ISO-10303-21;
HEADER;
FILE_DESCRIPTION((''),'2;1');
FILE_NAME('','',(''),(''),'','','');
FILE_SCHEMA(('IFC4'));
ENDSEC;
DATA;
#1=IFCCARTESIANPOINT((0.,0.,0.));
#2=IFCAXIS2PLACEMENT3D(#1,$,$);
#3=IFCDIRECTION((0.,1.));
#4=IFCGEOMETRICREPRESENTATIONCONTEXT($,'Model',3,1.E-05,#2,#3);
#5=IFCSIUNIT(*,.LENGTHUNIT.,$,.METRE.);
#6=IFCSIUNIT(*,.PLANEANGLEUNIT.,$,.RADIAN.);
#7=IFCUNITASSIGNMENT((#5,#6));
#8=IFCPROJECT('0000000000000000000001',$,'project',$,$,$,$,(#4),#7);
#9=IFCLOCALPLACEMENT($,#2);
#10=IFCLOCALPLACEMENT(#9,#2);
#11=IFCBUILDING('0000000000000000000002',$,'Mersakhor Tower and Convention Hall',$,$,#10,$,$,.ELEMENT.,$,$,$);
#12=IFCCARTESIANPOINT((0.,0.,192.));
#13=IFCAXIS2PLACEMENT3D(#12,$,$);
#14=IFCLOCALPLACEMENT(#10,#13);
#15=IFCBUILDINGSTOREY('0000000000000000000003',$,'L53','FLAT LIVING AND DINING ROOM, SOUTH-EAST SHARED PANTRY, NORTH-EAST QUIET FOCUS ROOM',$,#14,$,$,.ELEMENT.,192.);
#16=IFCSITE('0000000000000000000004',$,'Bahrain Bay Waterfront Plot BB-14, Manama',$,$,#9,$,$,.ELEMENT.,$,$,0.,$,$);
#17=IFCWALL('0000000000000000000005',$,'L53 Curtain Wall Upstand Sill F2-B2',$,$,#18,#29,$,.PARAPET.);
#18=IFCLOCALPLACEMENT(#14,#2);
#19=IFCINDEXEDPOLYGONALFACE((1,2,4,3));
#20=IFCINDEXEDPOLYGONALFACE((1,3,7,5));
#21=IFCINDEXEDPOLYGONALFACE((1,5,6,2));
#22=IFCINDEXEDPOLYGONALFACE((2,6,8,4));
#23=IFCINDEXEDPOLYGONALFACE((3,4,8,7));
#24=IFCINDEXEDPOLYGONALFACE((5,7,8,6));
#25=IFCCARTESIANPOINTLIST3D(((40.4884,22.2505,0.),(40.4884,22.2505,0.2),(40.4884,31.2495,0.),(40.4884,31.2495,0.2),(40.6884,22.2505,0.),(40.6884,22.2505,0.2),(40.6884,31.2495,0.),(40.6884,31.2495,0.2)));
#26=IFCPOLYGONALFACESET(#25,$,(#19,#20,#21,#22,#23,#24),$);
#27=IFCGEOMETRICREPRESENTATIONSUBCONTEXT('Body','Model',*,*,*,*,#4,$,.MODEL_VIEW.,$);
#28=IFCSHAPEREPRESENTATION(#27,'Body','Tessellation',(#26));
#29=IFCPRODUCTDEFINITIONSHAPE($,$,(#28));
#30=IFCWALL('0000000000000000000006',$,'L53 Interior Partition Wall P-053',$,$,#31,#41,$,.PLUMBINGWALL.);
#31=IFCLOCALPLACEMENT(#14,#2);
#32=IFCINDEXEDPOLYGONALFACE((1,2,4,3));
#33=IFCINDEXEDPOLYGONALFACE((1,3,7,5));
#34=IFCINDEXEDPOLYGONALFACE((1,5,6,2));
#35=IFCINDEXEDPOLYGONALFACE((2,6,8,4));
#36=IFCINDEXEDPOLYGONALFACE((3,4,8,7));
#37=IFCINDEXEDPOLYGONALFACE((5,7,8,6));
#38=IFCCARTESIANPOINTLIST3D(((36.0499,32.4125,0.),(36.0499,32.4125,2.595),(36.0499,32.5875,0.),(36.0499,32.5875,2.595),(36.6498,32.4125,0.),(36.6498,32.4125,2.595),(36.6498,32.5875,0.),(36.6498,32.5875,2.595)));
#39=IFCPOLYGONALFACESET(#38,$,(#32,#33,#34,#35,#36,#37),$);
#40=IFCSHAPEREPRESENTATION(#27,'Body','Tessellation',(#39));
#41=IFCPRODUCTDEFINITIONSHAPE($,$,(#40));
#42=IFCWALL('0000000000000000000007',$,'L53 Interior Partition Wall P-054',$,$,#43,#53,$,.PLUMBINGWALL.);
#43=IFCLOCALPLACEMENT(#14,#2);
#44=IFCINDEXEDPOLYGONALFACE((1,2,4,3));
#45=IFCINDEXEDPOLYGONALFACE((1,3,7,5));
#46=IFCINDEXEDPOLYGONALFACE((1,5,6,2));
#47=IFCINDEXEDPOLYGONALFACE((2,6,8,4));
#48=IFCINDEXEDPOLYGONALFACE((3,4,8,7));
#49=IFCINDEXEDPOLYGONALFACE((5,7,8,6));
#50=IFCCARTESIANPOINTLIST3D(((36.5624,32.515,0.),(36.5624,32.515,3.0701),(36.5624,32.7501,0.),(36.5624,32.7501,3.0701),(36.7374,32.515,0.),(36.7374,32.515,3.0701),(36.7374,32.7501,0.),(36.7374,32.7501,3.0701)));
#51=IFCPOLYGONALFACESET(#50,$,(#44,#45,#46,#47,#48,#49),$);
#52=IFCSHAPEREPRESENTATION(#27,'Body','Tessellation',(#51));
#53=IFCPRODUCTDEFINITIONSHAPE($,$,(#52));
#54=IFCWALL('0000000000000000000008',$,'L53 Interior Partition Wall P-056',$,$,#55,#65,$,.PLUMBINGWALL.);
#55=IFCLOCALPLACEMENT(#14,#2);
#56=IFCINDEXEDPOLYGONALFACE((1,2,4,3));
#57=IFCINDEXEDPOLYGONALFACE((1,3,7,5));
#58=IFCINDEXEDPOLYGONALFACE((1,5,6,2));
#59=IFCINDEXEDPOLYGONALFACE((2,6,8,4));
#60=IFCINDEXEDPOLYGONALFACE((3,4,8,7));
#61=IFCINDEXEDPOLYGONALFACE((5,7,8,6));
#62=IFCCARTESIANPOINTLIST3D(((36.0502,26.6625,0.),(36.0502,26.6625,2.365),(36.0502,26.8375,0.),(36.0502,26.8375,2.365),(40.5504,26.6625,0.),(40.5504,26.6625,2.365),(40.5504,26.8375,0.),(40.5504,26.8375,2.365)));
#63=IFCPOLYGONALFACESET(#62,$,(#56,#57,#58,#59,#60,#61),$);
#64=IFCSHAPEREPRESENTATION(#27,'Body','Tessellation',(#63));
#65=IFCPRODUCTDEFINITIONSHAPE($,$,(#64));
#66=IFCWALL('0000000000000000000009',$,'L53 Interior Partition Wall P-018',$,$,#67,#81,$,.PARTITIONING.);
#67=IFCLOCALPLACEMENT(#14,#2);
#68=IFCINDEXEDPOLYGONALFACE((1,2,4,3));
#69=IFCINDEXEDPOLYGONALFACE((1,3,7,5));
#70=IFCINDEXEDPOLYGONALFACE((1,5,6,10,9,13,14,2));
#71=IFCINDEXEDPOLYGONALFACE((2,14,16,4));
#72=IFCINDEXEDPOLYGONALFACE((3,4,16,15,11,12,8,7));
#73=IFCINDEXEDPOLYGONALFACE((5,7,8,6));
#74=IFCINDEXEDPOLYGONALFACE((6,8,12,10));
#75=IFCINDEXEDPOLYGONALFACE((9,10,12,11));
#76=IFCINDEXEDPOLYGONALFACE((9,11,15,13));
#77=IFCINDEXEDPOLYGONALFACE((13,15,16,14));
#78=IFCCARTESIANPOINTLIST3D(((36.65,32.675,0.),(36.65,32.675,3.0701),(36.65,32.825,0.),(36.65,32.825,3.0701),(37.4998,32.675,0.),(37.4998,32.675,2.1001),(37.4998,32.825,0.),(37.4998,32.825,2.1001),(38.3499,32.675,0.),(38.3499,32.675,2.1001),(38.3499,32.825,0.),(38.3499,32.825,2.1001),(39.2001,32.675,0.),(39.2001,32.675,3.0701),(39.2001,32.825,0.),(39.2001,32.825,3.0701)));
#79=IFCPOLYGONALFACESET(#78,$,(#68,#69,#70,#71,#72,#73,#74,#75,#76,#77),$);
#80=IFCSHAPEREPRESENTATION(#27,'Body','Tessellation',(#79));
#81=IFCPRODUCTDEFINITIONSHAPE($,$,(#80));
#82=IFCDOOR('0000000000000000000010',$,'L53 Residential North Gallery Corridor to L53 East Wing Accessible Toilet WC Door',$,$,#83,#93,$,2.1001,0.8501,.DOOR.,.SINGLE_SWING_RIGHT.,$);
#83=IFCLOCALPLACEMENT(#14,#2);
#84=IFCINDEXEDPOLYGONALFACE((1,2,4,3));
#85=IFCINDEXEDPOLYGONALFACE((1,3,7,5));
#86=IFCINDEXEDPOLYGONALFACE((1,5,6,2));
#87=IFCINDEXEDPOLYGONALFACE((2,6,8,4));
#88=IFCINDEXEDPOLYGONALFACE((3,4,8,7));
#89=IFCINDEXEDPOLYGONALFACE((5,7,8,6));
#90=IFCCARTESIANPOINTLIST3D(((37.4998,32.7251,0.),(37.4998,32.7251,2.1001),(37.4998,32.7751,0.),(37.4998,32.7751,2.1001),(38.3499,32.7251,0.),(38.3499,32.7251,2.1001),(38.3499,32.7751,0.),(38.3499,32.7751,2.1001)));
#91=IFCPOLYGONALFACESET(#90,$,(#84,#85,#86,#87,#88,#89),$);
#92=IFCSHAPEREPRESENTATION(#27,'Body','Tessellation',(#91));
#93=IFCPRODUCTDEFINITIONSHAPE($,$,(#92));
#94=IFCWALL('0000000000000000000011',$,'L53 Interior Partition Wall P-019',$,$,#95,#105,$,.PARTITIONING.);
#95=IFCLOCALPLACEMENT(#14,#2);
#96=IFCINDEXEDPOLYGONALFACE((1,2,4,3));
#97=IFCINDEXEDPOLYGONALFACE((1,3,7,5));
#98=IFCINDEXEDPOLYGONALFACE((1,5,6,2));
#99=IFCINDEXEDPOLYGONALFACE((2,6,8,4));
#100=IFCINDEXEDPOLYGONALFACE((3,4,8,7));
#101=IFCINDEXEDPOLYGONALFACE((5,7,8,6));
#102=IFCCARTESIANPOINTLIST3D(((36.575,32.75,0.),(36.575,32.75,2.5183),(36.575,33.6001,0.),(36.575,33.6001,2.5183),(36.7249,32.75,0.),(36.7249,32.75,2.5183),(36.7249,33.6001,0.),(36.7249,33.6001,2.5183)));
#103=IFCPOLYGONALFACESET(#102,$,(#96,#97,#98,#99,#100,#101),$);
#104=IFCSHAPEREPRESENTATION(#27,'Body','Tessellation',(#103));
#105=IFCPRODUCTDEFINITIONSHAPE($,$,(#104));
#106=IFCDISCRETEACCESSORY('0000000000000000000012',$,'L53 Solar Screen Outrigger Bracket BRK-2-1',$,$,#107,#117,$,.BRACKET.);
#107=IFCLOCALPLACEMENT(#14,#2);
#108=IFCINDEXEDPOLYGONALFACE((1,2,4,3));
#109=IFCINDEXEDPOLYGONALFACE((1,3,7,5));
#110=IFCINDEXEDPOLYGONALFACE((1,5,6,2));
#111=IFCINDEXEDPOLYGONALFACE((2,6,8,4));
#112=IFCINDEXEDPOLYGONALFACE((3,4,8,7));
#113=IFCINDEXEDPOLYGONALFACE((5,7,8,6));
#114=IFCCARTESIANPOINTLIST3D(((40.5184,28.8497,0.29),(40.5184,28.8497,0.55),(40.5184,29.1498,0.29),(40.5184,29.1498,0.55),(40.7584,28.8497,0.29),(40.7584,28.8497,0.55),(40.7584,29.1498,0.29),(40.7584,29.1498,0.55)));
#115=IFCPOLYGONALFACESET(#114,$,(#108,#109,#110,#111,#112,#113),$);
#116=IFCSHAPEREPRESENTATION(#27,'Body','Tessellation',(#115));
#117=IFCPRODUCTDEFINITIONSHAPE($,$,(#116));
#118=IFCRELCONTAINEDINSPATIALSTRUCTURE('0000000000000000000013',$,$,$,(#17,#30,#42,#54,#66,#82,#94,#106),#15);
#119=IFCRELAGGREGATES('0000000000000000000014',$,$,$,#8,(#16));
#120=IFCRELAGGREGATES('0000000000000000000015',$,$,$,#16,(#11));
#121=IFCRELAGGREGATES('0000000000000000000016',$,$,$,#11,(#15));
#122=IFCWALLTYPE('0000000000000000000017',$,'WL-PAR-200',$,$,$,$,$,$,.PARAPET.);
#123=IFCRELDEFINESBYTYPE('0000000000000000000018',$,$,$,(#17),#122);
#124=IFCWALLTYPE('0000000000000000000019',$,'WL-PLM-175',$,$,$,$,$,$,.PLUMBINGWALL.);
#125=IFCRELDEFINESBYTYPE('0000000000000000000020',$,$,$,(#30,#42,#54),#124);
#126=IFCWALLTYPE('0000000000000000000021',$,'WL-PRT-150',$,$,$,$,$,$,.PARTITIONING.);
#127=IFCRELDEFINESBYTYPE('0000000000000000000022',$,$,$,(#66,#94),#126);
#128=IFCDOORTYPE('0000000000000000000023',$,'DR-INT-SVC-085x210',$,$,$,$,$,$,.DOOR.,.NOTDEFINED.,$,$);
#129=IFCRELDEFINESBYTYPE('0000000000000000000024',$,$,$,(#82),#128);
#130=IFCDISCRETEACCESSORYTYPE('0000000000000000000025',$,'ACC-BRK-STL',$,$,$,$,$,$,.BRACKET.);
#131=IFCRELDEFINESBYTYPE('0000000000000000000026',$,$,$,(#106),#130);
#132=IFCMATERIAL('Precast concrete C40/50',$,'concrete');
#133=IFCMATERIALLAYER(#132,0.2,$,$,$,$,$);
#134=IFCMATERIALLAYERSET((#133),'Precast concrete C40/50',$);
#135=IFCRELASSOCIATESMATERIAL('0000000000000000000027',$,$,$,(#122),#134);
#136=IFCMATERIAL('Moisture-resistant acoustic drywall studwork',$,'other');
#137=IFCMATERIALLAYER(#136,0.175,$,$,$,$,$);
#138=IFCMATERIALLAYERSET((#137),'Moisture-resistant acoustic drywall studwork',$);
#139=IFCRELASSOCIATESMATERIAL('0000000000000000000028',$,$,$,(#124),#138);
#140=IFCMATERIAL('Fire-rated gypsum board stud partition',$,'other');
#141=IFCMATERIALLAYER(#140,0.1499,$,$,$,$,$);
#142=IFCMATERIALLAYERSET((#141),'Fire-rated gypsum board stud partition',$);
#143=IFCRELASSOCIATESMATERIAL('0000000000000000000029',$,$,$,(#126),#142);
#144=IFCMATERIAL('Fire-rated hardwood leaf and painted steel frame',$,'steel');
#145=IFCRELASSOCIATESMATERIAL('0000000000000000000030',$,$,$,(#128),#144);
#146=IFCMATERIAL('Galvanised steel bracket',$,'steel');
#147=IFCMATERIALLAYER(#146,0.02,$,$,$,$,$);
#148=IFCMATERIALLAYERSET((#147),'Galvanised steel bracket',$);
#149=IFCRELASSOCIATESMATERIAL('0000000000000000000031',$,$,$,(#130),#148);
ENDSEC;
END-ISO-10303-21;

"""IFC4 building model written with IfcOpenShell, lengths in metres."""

from ifc_helpers import new_model, si_unit, direction, frame, frame_2d, origin, origin_2d, place, context, subcontext, project, spatial, rectangle, extrude, material, layer, layer_set, type_object, element, fill, save


model = new_model("IFC4")

# Units and contexts
model_context = context("Model", 3, precision=1e-05, world=origin(), true_north=direction((0.0, 1.0)))
body_context = subcontext(model_context, "Body", "Model", "MODEL_VIEW")
ifc_project = project(units=[si_unit("LENGTHUNIT", "METRE"), si_unit("PLANEANGLEUNIT", "RADIAN")], contexts=[model_context])

# Site, building, storey
site_placement = place(None, origin())
site = spatial("IfcSite", under=ifc_project, at=site_placement, Name="Bahrain Bay Waterfront Plot BB-14, Manama", CompositionType="ELEMENT", RefElevation=0.0)
building_placement = place(site_placement, origin())
building = spatial("IfcBuilding", under=site, at=building_placement, Name="Mersakhor Tower and Convention Hall", CompositionType="ELEMENT")
storey_placement = place(building_placement, frame((0.0, 0.0, 192.0)))
storey = spatial("IfcBuildingStorey", under=building, at=storey_placement, Name="L53", Description="FLAT LIVING AND DINING ROOM, SOUTH-EAST SHARED PANTRY, NORTH-EAST QUIET FOCUS ROOM", CompositionType="ELEMENT", Elevation=192.0)

# Walls
ifc_material_1 = material(Name="Precast concrete C40/50", Category="concrete")
ifc_layer_1 = layer(ifc_material_1, 0.2)
ifc_layer_set_1 = layer_set([ifc_layer_1], Name="Precast concrete C40/50")
wall_type_1 = type_object("IfcWallType", Name="WL-PAR-200", PredefinedType="PARAPET", material=ifc_layer_set_1)
wall_1_placement = place(storey_placement, frame((40.5884, 31.2495, 0.0), z_axis=(0.0, 0.0, 1.0), x_axis=(0.0, -1.0, 0.0)))
element("IfcWall", 1, at=wall_1_placement, inside=storey, type_object=wall_type_1, Name="L53 Curtain Wall Upstand Sill F2-B2", PredefinedType="PARAPET", context=body_context, shape_type="SweptSolid", body=[
    extrude(rectangle(XDim=8.999, YDim=0.2, at=frame_2d((4.4995, 0.0))), origin(), (0.0, 0.0, 1.0), 0.2),
])
ifc_material_2 = material(Name="Moisture-resistant acoustic drywall studwork", Category="other")
ifc_layer_2 = layer(ifc_material_2, 0.175)
ifc_layer_set_2 = layer_set([ifc_layer_2], Name="Moisture-resistant acoustic drywall studwork")
wall_type_2 = type_object("IfcWallType", Name="WL-PLM-175", PredefinedType="PLUMBINGWALL", material=ifc_layer_set_2)
wall_2_placement = place(storey_placement, frame((36.05, 32.5, 0.0), z_axis=(0.0, 0.0, 1.0), x_axis=(1.0, 0.0, 0.0)))
element("IfcWall", 2, at=wall_2_placement, inside=storey, type_object=wall_type_2, Name="L53 Interior Partition Wall P-053", PredefinedType="PLUMBINGWALL", context=body_context, shape_type="SweptSolid", body=[
    extrude(rectangle(XDim=0.5999, YDim=0.175, at=frame_2d((0.2998, 0.0))), origin(), (0.0, 0.0, 1.0), 2.595),
])
wall_3_placement = place(storey_placement, frame((36.6499, 32.5149, 0.0), z_axis=(0.0, 0.0, 1.0), x_axis=(0.0, 1.0, 0.0)))
element("IfcWall", 3, at=wall_3_placement, inside=storey, type_object=wall_type_2, Name="L53 Interior Partition Wall P-054", PredefinedType="PLUMBINGWALL", context=body_context, shape_type="SweptSolid", body=[
    extrude(rectangle(XDim=0.2351, YDim=0.175, at=frame_2d((0.1177, 0.0))), origin(), (0.0, 0.0, 1.0), 3.0701),
])
wall_4_placement = place(storey_placement, frame((40.5503, 26.75, 0.0), z_axis=(0.0, 0.0, 1.0), x_axis=(-1.0, 0.0, 0.0)))
element("IfcWall", 4, at=wall_4_placement, inside=storey, type_object=wall_type_2, Name="L53 Interior Partition Wall P-056", PredefinedType="PLUMBINGWALL", context=body_context, shape_type="SweptSolid", body=[
    extrude(rectangle(XDim=4.5002, YDim=0.175, at=frame_2d((2.25, 0.0))), origin(), (0.0, 0.0, 1.0), 2.365),
])

# Wall, opening, door
ifc_material_3 = material(Name="Fire-rated gypsum board stud partition", Category="other")
ifc_layer_3 = layer(ifc_material_3, 0.1499)
ifc_layer_set_3 = layer_set([ifc_layer_3], Name="Fire-rated gypsum board stud partition")
wall_type_3 = type_object("IfcWallType", Name="WL-PRT-150", PredefinedType="PARTITIONING", material=ifc_layer_set_3)
wall_5_placement = place(storey_placement, frame((39.2, 32.75, 0.0), z_axis=(0.0, 0.0, 1.0), x_axis=(-1.0, 0.0, 0.0)))
wall_5 = element("IfcWall", 5, at=wall_5_placement, inside=storey, type_object=wall_type_3, Name="L53 Interior Partition Wall P-018", PredefinedType="PARTITIONING", context=body_context, shape_type="SweptSolid", body=[
    extrude(rectangle(XDim=2.55, YDim=0.1499, at=frame_2d((1.2749, 0.0))), origin(), (0.0, 0.0, 1.0), 3.0701),
])
opening_placement = place(wall_5_placement, frame((0.8501, 0.0, 0.0)))
opening = element("IfcOpeningElement", 6, at=opening_placement, cuts=wall_5, PredefinedType="OPENING", context=body_context, shape_type="SweptSolid", body=[
    extrude(rectangle(XDim=0.8501, YDim=2.1001, at=frame_2d((0.425, 1.05))), frame((0.0, 0.085, 0.0), z_axis=(0.0, -1.0, 0.0), x_axis=(1.0, 0.0, 0.0)), (0.0, 0.0, 1.0), 0.1699),
])
ifc_material_4 = material(Name="Fire-rated hardwood leaf and painted steel frame", Category="steel")
door_type = type_object("IfcDoorType", Name="DR-INT-SVC-085x210", OperationType="NOTDEFINED", PredefinedType="DOOR", material=ifc_material_4)
door_placement = place(opening_placement, origin())
door = element("IfcDoor", 7, at=door_placement, inside=storey, type_object=door_type, Name="L53 Residential North Gallery Corridor to L53 East Wing Accessible Toilet WC Door", OperationType="SINGLE_SWING_RIGHT", OverallHeight=2.1001, OverallWidth=0.8501, PredefinedType="DOOR", context=body_context, shape_type="SweptSolid", body=[
    extrude(rectangle(XDim=0.8501, YDim=2.1001, at=frame_2d((0.425, 1.05))), frame((0.0, 0.0249, 0.0), z_axis=(0.0, -1.0, 0.0), x_axis=(1.0, 0.0, 0.0)), (0.0, 0.0, 1.0), 0.05),
])
fill(opening, door)

# Wall
wall_6_placement = place(storey_placement, frame((36.6499, 32.75, 0.0), z_axis=(0.0, 0.0, 1.0), x_axis=(0.0, 1.0, 0.0)))
element("IfcWall", 8, at=wall_6_placement, inside=storey, type_object=wall_type_3, Name="L53 Interior Partition Wall P-019", PredefinedType="PARTITIONING", context=body_context, shape_type="SweptSolid", body=[
    extrude(rectangle(XDim=0.8501, YDim=0.1499, at=frame_2d((0.425, 0.0))), origin(), (0.0, 0.0, 1.0), 2.5183),
])

# Discrete accessory
ifc_material_5 = material(Name="Galvanised steel bracket", Category="steel")
ifc_layer_4 = layer(ifc_material_5, 0.02)
ifc_layer_set_4 = layer_set([ifc_layer_4], Name="Galvanised steel bracket")
discrete_accessory_type = type_object("IfcDiscreteAccessoryType", Name="ACC-BRK-STL", PredefinedType="BRACKET", material=ifc_layer_set_4)
discrete_accessory_placement = place(storey_placement, frame((40.6384, 28.9998, 0.29), z_axis=(0.0, 0.0, 1.0), x_axis=(0.0, -1.0, 0.0)))
element("IfcDiscreteAccessory", 9, at=discrete_accessory_placement, inside=storey, type_object=discrete_accessory_type, Name="L53 Solar Screen Outrigger Bracket BRK-2-1", PredefinedType="BRACKET", context=body_context, shape_type="SweptSolid", body=[
    extrude(rectangle(XDim=0.3, YDim=0.24, at=origin_2d()), origin(), (0.0, 0.0, 1.0), 0.26),
])

save(model, "model.ifc")
